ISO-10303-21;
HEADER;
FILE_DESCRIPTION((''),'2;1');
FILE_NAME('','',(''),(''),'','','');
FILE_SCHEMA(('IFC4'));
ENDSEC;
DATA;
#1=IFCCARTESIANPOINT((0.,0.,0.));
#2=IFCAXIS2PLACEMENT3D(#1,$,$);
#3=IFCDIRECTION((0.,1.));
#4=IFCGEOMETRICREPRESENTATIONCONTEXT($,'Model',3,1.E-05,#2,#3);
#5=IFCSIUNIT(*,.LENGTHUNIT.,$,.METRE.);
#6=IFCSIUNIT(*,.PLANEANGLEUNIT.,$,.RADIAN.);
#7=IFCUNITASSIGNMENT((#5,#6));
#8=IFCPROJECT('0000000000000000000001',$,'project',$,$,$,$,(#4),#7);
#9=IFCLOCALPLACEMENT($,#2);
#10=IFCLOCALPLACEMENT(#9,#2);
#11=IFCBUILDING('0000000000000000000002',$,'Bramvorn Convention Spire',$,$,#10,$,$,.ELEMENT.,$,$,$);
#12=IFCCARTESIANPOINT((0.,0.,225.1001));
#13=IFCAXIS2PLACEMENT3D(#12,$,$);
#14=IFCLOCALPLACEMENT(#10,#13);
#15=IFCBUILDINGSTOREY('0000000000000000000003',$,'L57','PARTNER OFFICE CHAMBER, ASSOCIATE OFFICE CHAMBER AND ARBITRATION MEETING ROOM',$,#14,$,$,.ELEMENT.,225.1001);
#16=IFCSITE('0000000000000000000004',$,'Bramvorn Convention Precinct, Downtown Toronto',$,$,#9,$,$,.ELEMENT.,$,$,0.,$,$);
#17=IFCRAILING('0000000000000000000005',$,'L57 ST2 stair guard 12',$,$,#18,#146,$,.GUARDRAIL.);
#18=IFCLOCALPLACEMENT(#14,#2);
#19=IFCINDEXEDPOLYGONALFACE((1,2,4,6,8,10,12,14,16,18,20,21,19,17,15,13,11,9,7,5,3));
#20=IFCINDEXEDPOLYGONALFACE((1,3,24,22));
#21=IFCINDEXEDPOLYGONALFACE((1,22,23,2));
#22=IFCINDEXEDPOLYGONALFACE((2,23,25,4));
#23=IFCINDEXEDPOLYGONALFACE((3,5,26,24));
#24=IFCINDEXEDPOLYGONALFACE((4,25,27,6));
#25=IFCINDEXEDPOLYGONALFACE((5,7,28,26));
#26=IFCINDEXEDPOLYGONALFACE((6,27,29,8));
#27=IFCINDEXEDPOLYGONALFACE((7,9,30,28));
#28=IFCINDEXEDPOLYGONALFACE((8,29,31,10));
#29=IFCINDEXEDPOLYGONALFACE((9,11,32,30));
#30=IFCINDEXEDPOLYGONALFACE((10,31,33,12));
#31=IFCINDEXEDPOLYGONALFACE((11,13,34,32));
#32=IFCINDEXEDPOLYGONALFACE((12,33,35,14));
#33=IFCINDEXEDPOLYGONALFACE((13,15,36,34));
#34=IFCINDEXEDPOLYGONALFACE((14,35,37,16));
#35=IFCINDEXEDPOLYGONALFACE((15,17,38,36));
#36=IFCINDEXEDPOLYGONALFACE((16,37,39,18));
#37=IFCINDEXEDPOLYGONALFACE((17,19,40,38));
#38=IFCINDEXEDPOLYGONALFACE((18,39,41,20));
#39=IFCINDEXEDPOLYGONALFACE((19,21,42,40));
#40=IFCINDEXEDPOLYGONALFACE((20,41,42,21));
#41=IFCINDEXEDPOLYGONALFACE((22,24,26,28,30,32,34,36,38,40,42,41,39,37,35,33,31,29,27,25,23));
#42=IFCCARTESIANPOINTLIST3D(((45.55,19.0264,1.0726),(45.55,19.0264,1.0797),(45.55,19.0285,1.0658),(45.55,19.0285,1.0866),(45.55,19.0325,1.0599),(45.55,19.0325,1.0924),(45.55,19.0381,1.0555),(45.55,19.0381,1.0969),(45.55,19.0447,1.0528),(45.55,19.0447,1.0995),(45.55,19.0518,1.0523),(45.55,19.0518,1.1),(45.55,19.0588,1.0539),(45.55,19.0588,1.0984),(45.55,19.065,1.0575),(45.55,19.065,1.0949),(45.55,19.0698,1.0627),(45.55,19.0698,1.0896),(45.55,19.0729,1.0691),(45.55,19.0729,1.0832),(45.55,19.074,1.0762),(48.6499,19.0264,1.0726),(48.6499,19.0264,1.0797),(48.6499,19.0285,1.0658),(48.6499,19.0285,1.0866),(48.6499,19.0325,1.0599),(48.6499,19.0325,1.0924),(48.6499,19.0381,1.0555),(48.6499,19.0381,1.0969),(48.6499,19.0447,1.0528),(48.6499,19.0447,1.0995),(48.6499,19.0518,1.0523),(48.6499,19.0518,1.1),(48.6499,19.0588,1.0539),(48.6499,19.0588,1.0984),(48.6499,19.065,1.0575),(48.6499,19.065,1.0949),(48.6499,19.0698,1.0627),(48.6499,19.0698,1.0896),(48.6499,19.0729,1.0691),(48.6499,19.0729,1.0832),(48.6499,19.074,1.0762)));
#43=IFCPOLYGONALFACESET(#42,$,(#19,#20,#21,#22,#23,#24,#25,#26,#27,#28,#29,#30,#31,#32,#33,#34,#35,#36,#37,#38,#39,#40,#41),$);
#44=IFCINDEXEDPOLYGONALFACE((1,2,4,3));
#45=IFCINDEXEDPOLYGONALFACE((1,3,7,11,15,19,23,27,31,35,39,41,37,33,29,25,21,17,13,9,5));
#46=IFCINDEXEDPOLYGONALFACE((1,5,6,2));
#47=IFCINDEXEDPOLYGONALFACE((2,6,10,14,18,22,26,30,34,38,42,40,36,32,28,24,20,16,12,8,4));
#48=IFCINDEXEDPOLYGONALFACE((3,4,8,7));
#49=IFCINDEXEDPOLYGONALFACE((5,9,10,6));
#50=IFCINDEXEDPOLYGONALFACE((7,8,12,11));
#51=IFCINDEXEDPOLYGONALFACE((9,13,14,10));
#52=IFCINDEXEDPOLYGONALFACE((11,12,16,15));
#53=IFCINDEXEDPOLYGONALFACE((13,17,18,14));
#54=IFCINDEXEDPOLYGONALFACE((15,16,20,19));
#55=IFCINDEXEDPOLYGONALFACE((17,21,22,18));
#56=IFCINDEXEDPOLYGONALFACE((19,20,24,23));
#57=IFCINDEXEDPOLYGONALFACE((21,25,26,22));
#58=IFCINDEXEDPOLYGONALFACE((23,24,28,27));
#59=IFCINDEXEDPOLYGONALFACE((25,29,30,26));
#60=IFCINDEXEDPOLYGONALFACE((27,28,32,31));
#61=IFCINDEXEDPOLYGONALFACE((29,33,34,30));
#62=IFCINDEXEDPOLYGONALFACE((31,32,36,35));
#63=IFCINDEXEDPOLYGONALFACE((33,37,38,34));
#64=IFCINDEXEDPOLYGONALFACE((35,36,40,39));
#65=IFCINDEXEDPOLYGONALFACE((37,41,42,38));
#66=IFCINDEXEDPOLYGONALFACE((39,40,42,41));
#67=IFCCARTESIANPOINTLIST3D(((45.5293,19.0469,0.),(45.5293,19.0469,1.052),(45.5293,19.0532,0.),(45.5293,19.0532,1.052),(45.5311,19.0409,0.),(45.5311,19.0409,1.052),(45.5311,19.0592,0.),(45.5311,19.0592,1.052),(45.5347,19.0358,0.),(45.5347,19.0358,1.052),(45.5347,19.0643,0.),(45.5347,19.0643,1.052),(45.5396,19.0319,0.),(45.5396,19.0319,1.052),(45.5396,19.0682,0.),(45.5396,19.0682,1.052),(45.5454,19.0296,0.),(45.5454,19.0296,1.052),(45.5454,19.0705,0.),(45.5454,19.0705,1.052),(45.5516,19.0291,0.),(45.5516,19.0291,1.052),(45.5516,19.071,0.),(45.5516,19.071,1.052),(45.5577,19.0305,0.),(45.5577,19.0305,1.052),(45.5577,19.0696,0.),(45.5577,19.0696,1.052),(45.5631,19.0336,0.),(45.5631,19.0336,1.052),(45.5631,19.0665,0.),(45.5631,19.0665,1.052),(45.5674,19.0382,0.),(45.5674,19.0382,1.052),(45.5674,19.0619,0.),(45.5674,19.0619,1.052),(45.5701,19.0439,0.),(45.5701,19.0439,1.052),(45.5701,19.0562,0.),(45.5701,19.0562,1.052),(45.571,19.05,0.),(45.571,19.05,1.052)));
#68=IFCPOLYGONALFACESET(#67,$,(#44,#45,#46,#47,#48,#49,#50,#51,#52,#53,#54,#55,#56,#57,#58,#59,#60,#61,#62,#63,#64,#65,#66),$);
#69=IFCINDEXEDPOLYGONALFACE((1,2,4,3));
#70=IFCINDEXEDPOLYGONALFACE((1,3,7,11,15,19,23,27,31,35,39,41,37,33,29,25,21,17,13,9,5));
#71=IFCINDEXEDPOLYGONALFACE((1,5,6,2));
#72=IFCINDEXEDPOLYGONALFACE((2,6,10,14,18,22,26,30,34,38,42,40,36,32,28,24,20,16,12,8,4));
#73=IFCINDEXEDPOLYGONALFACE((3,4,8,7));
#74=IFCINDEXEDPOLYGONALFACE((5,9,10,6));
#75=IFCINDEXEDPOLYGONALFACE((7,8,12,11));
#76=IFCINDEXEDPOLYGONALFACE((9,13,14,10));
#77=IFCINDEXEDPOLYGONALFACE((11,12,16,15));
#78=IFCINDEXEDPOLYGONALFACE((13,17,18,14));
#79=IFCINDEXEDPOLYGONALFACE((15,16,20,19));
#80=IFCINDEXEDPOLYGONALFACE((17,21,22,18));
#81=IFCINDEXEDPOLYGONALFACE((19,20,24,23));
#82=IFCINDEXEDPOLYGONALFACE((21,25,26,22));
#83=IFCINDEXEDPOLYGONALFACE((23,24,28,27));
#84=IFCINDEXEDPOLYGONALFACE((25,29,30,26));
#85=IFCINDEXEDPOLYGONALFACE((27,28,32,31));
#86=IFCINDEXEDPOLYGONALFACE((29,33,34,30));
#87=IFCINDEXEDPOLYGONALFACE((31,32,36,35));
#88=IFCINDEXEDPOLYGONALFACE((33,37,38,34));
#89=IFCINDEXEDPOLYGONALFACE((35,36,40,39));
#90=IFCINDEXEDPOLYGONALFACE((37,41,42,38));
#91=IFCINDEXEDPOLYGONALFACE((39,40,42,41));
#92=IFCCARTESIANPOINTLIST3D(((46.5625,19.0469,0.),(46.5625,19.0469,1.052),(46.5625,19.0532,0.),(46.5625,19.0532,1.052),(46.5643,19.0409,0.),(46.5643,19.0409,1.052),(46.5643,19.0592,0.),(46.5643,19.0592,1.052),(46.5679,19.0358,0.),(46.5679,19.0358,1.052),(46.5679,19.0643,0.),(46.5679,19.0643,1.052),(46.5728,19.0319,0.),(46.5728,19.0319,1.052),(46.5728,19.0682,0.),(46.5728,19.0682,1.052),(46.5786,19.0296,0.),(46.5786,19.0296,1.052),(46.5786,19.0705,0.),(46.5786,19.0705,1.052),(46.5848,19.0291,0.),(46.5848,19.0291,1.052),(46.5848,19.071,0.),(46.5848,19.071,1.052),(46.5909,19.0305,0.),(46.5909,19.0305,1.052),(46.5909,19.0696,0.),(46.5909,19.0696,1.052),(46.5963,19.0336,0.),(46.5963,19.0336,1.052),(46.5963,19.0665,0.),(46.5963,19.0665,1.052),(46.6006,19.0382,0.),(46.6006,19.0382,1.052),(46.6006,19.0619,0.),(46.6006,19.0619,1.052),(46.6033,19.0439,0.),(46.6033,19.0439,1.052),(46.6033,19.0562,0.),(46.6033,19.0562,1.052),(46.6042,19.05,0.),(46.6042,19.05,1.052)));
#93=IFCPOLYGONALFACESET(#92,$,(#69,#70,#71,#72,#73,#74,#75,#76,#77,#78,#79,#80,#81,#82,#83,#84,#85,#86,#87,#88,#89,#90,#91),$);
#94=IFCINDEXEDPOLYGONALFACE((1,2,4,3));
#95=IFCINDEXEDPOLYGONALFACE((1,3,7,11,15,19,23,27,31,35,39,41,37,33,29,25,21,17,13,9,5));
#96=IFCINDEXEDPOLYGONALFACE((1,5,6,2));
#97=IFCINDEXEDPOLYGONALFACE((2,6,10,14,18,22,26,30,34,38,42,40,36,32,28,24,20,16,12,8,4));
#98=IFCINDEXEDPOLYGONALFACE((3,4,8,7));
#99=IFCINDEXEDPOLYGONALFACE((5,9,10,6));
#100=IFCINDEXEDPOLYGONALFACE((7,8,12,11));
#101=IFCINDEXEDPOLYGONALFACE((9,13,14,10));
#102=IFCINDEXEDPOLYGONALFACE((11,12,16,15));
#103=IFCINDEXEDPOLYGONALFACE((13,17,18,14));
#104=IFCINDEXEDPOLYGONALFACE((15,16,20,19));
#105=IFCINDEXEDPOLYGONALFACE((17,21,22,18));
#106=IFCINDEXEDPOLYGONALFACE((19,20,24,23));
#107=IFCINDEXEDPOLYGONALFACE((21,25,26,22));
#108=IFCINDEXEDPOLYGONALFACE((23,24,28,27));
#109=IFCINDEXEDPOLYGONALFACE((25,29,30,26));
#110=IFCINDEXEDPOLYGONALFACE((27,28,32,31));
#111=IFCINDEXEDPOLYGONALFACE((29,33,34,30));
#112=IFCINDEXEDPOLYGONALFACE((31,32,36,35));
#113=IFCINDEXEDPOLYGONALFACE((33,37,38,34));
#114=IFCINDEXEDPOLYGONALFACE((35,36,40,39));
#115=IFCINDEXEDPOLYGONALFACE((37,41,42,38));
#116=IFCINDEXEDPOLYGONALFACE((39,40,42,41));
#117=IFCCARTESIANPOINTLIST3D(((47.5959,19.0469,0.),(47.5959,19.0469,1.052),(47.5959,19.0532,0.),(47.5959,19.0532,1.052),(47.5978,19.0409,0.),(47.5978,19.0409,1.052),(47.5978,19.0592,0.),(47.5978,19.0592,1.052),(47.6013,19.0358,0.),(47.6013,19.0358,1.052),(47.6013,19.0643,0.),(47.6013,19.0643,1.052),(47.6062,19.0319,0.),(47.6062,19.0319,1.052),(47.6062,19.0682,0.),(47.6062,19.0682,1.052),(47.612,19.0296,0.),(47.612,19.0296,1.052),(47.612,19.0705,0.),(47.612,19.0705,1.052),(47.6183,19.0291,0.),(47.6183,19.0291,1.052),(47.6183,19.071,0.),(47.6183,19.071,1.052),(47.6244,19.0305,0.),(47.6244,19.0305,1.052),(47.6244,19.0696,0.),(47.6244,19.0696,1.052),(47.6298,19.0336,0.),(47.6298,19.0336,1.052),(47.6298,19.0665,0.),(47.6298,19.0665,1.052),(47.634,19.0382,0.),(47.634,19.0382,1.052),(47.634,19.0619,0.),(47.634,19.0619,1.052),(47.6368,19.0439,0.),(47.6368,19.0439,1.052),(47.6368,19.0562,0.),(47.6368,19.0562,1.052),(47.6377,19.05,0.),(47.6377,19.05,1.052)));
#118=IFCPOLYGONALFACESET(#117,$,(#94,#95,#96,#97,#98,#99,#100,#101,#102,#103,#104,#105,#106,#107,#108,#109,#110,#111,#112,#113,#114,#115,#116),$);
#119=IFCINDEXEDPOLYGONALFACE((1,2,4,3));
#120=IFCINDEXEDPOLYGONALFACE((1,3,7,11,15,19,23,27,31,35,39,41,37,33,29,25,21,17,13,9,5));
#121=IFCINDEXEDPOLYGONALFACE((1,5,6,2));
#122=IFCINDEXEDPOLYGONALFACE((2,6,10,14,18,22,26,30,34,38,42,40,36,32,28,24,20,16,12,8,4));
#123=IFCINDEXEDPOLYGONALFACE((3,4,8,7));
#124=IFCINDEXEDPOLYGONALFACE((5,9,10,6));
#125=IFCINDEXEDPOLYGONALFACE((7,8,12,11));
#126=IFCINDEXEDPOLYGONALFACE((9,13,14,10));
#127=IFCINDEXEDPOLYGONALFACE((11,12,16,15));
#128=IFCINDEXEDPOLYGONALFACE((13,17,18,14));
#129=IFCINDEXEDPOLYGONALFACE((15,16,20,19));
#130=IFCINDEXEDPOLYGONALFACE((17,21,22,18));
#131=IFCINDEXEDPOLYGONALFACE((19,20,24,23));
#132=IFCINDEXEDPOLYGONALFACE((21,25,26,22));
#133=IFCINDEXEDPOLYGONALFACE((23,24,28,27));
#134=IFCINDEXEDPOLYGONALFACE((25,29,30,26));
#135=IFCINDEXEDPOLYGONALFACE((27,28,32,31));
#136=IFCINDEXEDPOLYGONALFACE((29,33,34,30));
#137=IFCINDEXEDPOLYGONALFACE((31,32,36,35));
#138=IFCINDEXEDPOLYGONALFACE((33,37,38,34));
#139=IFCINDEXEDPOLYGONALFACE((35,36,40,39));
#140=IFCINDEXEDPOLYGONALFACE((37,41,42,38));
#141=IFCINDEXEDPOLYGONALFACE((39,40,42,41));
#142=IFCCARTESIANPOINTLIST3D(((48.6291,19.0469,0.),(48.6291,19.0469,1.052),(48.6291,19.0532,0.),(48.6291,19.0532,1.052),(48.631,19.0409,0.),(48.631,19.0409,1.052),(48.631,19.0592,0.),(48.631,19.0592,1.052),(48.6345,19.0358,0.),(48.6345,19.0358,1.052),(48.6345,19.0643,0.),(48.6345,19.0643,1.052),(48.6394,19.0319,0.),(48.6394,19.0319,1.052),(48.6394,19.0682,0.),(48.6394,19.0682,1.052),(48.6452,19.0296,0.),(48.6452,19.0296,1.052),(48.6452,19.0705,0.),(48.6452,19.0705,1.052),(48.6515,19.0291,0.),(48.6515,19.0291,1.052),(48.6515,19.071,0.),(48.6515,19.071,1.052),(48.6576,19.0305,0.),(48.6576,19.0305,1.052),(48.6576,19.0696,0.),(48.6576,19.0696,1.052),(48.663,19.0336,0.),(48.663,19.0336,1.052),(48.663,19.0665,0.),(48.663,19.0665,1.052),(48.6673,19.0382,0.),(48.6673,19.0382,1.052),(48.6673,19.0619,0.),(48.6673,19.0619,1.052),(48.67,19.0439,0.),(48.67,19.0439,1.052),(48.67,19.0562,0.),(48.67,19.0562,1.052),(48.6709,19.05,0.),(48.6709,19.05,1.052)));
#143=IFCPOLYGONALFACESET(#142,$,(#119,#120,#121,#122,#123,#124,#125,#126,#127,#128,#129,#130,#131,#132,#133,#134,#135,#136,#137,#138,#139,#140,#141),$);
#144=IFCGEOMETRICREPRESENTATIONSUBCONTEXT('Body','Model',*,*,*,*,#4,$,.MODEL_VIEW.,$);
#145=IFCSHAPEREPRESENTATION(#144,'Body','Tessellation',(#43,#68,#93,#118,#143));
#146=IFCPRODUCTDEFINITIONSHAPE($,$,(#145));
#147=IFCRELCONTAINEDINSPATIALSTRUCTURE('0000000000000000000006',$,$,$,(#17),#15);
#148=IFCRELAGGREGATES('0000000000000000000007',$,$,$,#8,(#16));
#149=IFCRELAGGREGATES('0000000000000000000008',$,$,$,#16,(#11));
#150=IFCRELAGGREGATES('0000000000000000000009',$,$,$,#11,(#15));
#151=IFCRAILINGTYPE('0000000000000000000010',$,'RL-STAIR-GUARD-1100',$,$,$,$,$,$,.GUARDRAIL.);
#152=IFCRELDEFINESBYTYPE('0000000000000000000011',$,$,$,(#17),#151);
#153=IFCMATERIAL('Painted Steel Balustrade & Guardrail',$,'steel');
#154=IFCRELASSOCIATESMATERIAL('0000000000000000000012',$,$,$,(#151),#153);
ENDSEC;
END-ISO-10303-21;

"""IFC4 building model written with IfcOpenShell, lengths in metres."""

from ifc_helpers import new_model, si_unit, direction, frame, origin, origin_2d, place, context, subcontext, project, spatial, circle, extrude, material, type_object, element, save


model = new_model("IFC4")

# Units and contexts
model_context = context("Model", 3, precision=1e-05, world=origin(), true_north=direction((0.0, 1.0)))
body_context = subcontext(model_context, "Body", "Model", "MODEL_VIEW")
ifc_project = project(units=[si_unit("LENGTHUNIT", "METRE"), si_unit("PLANEANGLEUNIT", "RADIAN")], contexts=[model_context])

# Site, building, storey
site_placement = place(None, origin())
site = spatial("IfcSite", under=ifc_project, at=site_placement, Name="Bramvorn Convention Precinct, Downtown Toronto", CompositionType="ELEMENT", RefElevation=0.0)
building_placement = place(site_placement, origin())
building = spatial("IfcBuilding", under=site, at=building_placement, Name="Bramvorn Convention Spire", CompositionType="ELEMENT")
storey_placement = place(building_placement, frame((0.0, 0.0, 225.1001)))
storey = spatial("IfcBuildingStorey", under=building, at=storey_placement, Name="L57", Description="PARTNER OFFICE CHAMBER, ASSOCIATE OFFICE CHAMBER AND ARBITRATION MEETING ROOM", CompositionType="ELEMENT", Elevation=225.1001)

# Railing
ifc_material_1 = material(Name="Painted Steel Balustrade & Guardrail", Category="steel")
railing_type = type_object("IfcRailingType", Name="RL-STAIR-GUARD-1100", PredefinedType="GUARDRAIL", material=ifc_material_1)
railing_1_placement = place(storey_placement, frame((45.55, 19.05, 0.0)))
element("IfcRailing", 1, at=railing_1_placement, inside=storey, type_object=railing_type, Name="L57 ST2 stair guard 12", PredefinedType="GUARDRAIL", context=body_context, shape_type="SweptSolid", body=[
    extrude(circle(Radius=0.0239, at=origin_2d()), frame((0.0, 0.0, 1.0762), z_axis=(1.0, 0.0, 0.0), x_axis=(0.0, 1.0, 0.0)), (0.0, 0.0, 1.0), 3.0999),
    extrude(circle(Radius=0.021, at=origin_2d()), origin(), (0.0, 0.0, 1.0), 1.052),
    extrude(circle(Radius=0.021, at=origin_2d()), frame((1.0332, 0.0, 0.0)), (0.0, 0.0, 1.0), 1.052),
    extrude(circle(Radius=0.021, at=origin_2d()), frame((2.0667, 0.0, 0.0)), (0.0, 0.0, 1.0), 1.052),
    extrude(circle(Radius=0.021, at=origin_2d()), frame((3.0999, 0.0, 0.0)), (0.0, 0.0, 1.0), 1.052),
])

save(model, "model.ifc")
